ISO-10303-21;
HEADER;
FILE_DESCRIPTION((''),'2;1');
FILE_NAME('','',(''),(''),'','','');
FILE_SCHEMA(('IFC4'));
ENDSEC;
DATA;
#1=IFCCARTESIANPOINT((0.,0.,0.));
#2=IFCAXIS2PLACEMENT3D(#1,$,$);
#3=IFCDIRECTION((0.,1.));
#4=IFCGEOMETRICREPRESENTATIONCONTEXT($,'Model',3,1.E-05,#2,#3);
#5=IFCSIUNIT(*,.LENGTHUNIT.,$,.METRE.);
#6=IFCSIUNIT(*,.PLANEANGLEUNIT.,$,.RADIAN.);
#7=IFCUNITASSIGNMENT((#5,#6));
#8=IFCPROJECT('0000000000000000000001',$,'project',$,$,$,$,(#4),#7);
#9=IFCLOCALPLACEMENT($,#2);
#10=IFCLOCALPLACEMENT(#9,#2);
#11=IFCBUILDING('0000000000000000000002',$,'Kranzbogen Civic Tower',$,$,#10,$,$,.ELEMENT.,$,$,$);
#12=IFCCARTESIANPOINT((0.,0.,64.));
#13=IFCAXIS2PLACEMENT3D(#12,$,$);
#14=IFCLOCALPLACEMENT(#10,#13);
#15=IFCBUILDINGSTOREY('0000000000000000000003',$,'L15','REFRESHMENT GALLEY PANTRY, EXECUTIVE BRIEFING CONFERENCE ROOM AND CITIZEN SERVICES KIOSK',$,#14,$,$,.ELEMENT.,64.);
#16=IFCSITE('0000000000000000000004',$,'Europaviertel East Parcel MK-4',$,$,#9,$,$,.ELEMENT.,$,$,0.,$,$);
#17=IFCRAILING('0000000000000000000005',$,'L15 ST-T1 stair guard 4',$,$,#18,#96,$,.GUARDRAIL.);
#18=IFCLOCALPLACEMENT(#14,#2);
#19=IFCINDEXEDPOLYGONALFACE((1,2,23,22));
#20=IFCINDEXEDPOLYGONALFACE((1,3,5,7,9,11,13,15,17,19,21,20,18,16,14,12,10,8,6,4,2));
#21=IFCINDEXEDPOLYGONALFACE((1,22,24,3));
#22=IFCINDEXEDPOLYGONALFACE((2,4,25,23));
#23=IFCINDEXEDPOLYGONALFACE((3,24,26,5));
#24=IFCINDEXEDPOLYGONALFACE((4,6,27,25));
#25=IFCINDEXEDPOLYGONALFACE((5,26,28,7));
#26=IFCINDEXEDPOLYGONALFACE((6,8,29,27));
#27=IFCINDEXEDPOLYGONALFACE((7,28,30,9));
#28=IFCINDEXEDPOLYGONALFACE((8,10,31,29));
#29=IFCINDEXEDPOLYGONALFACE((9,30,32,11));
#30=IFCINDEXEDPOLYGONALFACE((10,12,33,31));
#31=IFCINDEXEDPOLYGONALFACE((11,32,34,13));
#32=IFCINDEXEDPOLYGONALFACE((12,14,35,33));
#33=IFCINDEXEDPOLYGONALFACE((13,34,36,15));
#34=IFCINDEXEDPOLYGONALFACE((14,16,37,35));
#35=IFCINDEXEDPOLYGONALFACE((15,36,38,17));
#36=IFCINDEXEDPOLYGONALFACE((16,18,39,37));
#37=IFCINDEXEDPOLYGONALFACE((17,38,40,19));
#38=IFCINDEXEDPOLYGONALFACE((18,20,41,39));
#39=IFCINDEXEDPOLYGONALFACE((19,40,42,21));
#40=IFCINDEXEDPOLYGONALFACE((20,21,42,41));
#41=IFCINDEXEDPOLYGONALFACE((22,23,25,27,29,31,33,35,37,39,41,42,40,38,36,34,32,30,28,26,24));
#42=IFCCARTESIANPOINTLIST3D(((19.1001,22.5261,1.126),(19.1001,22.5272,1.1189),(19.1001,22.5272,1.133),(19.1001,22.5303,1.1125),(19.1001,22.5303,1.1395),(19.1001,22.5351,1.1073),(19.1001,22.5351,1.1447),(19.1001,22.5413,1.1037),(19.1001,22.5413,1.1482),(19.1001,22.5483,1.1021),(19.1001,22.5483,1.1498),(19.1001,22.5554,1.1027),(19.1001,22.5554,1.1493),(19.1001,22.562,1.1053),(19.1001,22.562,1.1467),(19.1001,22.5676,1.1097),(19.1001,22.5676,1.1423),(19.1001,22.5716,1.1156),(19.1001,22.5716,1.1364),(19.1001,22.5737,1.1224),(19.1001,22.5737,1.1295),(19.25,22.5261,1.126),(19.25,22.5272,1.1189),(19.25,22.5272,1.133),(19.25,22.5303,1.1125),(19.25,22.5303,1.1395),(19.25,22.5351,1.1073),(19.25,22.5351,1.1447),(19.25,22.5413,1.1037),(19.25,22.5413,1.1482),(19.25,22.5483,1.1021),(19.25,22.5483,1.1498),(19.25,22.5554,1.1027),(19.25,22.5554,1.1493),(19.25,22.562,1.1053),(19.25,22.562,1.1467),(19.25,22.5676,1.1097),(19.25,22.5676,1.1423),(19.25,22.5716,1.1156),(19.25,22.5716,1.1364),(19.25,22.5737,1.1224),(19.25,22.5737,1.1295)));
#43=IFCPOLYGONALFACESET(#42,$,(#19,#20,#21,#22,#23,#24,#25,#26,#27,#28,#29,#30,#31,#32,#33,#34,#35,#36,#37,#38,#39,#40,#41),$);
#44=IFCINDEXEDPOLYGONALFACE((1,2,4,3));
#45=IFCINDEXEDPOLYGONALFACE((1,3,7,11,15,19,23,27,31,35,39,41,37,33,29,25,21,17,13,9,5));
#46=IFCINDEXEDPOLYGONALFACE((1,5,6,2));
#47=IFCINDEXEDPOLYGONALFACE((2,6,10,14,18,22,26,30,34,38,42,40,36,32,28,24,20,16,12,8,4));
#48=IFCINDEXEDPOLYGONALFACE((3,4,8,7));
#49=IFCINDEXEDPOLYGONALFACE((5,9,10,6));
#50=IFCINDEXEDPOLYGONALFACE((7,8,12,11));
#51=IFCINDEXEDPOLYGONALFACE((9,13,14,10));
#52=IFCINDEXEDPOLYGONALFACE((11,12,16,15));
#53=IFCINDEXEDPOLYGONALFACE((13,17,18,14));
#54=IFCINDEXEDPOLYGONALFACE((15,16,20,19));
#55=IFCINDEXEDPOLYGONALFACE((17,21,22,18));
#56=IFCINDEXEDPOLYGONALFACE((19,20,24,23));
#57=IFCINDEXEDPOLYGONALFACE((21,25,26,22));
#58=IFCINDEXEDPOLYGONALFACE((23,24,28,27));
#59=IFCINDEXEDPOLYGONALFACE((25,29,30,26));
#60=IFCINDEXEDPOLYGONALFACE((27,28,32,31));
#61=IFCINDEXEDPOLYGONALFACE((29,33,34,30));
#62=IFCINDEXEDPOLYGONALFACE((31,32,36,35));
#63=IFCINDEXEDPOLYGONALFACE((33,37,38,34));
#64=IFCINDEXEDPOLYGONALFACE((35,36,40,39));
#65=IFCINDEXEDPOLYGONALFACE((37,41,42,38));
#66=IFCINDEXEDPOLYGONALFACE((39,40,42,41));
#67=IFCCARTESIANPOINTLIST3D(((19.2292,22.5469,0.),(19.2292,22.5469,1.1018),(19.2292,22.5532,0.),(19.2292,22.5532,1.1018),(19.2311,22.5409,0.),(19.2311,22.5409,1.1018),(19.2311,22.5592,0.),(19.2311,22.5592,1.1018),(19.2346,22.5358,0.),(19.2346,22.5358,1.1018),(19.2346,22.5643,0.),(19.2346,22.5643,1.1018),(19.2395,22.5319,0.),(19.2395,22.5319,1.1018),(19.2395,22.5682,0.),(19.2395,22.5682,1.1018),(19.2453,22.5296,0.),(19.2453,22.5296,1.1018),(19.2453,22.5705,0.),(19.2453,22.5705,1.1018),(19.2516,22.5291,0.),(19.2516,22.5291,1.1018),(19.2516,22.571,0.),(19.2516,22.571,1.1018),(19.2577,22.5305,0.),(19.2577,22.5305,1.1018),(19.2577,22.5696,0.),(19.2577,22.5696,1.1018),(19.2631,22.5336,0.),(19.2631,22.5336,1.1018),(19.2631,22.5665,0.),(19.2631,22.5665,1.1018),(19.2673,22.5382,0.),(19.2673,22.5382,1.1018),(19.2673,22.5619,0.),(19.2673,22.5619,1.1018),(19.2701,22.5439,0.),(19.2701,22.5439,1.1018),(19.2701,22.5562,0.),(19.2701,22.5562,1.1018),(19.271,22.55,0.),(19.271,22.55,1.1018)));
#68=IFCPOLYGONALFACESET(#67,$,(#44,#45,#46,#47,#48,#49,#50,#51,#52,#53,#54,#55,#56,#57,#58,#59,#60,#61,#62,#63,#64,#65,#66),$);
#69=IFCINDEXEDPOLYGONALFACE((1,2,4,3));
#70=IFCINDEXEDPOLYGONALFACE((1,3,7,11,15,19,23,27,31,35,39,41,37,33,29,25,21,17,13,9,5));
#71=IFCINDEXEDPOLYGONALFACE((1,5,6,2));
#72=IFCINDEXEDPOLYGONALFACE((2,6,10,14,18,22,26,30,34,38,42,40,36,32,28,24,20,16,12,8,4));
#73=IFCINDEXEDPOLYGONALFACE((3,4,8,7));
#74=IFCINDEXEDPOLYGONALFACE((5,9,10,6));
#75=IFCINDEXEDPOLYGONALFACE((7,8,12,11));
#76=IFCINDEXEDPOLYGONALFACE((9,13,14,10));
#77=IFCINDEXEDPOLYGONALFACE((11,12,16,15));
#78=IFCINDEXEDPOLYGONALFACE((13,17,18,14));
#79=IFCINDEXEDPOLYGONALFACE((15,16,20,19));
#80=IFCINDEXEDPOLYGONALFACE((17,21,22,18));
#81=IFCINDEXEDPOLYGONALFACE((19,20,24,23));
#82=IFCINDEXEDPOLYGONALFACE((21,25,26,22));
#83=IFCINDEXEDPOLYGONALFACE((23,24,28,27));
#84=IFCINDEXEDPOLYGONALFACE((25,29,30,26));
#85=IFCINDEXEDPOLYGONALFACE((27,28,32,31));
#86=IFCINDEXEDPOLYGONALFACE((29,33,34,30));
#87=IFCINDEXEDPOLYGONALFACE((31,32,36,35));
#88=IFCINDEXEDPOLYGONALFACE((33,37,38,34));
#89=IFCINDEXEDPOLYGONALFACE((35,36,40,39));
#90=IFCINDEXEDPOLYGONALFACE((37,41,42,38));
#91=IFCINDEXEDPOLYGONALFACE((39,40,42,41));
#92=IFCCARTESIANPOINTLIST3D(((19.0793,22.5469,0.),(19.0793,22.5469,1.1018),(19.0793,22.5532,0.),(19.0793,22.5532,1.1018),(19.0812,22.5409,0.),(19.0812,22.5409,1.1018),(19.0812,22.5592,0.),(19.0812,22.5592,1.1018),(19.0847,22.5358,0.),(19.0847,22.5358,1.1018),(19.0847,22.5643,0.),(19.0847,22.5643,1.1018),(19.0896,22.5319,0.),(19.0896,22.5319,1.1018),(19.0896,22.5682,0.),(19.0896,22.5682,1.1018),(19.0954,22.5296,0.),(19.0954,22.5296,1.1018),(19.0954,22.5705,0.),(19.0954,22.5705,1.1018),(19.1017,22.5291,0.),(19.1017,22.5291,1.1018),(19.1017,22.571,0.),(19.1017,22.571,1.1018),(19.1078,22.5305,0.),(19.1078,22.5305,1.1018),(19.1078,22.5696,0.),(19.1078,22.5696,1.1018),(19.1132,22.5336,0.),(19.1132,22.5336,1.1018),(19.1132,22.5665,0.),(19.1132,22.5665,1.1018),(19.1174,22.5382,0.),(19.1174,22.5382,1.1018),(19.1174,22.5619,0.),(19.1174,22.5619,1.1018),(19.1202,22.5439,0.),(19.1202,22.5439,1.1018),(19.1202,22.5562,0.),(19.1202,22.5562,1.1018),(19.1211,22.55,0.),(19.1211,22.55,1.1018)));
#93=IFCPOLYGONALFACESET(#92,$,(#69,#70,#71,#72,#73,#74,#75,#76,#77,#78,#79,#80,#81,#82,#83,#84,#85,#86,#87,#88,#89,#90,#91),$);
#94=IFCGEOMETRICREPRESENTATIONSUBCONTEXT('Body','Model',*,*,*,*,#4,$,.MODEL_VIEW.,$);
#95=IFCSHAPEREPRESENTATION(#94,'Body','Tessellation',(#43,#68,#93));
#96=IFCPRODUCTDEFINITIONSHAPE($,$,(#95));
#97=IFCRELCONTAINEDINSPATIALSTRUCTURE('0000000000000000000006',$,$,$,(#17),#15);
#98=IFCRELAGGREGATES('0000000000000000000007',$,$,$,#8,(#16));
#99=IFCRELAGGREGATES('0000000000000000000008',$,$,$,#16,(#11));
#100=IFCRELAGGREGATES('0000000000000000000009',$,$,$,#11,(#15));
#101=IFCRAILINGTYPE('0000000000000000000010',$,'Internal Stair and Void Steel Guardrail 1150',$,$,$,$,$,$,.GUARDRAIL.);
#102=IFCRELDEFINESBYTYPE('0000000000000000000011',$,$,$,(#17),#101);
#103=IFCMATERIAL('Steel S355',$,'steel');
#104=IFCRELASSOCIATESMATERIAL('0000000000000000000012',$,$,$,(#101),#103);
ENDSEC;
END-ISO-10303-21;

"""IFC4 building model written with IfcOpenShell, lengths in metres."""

from ifc_helpers import new_model, si_unit, direction, frame, origin, origin_2d, place, context, subcontext, project, spatial, circle, extrude, material, type_object, element, save


model = new_model("IFC4")

# Units and contexts
model_context = context("Model", 3, precision=1e-05, world=origin(), true_north=direction((0.0, 1.0)))
body_context = subcontext(model_context, "Body", "Model", "MODEL_VIEW")
ifc_project = project(units=[si_unit("LENGTHUNIT", "METRE"), si_unit("PLANEANGLEUNIT", "RADIAN")], contexts=[model_context])

# Site, building, storey
site_placement = place(None, origin())
site = spatial("IfcSite", under=ifc_project, at=site_placement, Name="Europaviertel East Parcel MK-4", CompositionType="ELEMENT", RefElevation=0.0)
building_placement = place(site_placement, origin())
building = spatial("IfcBuilding", under=site, at=building_placement, Name="Kranzbogen Civic Tower", CompositionType="ELEMENT")
storey_placement = place(building_placement, frame((0.0, 0.0, 64.0)))
storey = spatial("IfcBuildingStorey", under=building, at=storey_placement, Name="L15", Description="REFRESHMENT GALLEY PANTRY, EXECUTIVE BRIEFING CONFERENCE ROOM AND CITIZEN SERVICES KIOSK", CompositionType="ELEMENT", Elevation=64.0)

# Shared definitions
ifc_material_1 = material(Name="Steel S355", Category="steel")

# Railing
railing_type_1 = type_object("IfcRailingType", Name="Internal Stair and Void Steel Guardrail 1150", PredefinedType="GUARDRAIL", material=ifc_material_1)
railing_1_placement = place(storey_placement, frame((19.25, 22.55, 0.0)))
element("IfcRailing", 1, at=railing_1_placement, inside=storey, type_object=railing_type_1, Name="L15 ST-T1 stair guard 4", PredefinedType="GUARDRAIL", context=body_context, shape_type="SweptSolid", body=[
    extrude(circle(Radius=0.0239, at=origin_2d()), frame((0.0, 0.0, 1.126), z_axis=(-1.0, 0.0, 0.0), x_axis=(0.0, -1.0, 0.0)), (0.0, 0.0, 1.0), 0.1499),
    extrude(circle(Radius=0.021, at=origin_2d()), origin(), (0.0, 0.0, 1.0), 1.1018),
    extrude(circle(Radius=0.021, at=origin_2d()), frame((-0.1499, 0.0, 0.0)), (0.0, 0.0, 1.0), 1.1018),
])

save(model, "model.ifc")
